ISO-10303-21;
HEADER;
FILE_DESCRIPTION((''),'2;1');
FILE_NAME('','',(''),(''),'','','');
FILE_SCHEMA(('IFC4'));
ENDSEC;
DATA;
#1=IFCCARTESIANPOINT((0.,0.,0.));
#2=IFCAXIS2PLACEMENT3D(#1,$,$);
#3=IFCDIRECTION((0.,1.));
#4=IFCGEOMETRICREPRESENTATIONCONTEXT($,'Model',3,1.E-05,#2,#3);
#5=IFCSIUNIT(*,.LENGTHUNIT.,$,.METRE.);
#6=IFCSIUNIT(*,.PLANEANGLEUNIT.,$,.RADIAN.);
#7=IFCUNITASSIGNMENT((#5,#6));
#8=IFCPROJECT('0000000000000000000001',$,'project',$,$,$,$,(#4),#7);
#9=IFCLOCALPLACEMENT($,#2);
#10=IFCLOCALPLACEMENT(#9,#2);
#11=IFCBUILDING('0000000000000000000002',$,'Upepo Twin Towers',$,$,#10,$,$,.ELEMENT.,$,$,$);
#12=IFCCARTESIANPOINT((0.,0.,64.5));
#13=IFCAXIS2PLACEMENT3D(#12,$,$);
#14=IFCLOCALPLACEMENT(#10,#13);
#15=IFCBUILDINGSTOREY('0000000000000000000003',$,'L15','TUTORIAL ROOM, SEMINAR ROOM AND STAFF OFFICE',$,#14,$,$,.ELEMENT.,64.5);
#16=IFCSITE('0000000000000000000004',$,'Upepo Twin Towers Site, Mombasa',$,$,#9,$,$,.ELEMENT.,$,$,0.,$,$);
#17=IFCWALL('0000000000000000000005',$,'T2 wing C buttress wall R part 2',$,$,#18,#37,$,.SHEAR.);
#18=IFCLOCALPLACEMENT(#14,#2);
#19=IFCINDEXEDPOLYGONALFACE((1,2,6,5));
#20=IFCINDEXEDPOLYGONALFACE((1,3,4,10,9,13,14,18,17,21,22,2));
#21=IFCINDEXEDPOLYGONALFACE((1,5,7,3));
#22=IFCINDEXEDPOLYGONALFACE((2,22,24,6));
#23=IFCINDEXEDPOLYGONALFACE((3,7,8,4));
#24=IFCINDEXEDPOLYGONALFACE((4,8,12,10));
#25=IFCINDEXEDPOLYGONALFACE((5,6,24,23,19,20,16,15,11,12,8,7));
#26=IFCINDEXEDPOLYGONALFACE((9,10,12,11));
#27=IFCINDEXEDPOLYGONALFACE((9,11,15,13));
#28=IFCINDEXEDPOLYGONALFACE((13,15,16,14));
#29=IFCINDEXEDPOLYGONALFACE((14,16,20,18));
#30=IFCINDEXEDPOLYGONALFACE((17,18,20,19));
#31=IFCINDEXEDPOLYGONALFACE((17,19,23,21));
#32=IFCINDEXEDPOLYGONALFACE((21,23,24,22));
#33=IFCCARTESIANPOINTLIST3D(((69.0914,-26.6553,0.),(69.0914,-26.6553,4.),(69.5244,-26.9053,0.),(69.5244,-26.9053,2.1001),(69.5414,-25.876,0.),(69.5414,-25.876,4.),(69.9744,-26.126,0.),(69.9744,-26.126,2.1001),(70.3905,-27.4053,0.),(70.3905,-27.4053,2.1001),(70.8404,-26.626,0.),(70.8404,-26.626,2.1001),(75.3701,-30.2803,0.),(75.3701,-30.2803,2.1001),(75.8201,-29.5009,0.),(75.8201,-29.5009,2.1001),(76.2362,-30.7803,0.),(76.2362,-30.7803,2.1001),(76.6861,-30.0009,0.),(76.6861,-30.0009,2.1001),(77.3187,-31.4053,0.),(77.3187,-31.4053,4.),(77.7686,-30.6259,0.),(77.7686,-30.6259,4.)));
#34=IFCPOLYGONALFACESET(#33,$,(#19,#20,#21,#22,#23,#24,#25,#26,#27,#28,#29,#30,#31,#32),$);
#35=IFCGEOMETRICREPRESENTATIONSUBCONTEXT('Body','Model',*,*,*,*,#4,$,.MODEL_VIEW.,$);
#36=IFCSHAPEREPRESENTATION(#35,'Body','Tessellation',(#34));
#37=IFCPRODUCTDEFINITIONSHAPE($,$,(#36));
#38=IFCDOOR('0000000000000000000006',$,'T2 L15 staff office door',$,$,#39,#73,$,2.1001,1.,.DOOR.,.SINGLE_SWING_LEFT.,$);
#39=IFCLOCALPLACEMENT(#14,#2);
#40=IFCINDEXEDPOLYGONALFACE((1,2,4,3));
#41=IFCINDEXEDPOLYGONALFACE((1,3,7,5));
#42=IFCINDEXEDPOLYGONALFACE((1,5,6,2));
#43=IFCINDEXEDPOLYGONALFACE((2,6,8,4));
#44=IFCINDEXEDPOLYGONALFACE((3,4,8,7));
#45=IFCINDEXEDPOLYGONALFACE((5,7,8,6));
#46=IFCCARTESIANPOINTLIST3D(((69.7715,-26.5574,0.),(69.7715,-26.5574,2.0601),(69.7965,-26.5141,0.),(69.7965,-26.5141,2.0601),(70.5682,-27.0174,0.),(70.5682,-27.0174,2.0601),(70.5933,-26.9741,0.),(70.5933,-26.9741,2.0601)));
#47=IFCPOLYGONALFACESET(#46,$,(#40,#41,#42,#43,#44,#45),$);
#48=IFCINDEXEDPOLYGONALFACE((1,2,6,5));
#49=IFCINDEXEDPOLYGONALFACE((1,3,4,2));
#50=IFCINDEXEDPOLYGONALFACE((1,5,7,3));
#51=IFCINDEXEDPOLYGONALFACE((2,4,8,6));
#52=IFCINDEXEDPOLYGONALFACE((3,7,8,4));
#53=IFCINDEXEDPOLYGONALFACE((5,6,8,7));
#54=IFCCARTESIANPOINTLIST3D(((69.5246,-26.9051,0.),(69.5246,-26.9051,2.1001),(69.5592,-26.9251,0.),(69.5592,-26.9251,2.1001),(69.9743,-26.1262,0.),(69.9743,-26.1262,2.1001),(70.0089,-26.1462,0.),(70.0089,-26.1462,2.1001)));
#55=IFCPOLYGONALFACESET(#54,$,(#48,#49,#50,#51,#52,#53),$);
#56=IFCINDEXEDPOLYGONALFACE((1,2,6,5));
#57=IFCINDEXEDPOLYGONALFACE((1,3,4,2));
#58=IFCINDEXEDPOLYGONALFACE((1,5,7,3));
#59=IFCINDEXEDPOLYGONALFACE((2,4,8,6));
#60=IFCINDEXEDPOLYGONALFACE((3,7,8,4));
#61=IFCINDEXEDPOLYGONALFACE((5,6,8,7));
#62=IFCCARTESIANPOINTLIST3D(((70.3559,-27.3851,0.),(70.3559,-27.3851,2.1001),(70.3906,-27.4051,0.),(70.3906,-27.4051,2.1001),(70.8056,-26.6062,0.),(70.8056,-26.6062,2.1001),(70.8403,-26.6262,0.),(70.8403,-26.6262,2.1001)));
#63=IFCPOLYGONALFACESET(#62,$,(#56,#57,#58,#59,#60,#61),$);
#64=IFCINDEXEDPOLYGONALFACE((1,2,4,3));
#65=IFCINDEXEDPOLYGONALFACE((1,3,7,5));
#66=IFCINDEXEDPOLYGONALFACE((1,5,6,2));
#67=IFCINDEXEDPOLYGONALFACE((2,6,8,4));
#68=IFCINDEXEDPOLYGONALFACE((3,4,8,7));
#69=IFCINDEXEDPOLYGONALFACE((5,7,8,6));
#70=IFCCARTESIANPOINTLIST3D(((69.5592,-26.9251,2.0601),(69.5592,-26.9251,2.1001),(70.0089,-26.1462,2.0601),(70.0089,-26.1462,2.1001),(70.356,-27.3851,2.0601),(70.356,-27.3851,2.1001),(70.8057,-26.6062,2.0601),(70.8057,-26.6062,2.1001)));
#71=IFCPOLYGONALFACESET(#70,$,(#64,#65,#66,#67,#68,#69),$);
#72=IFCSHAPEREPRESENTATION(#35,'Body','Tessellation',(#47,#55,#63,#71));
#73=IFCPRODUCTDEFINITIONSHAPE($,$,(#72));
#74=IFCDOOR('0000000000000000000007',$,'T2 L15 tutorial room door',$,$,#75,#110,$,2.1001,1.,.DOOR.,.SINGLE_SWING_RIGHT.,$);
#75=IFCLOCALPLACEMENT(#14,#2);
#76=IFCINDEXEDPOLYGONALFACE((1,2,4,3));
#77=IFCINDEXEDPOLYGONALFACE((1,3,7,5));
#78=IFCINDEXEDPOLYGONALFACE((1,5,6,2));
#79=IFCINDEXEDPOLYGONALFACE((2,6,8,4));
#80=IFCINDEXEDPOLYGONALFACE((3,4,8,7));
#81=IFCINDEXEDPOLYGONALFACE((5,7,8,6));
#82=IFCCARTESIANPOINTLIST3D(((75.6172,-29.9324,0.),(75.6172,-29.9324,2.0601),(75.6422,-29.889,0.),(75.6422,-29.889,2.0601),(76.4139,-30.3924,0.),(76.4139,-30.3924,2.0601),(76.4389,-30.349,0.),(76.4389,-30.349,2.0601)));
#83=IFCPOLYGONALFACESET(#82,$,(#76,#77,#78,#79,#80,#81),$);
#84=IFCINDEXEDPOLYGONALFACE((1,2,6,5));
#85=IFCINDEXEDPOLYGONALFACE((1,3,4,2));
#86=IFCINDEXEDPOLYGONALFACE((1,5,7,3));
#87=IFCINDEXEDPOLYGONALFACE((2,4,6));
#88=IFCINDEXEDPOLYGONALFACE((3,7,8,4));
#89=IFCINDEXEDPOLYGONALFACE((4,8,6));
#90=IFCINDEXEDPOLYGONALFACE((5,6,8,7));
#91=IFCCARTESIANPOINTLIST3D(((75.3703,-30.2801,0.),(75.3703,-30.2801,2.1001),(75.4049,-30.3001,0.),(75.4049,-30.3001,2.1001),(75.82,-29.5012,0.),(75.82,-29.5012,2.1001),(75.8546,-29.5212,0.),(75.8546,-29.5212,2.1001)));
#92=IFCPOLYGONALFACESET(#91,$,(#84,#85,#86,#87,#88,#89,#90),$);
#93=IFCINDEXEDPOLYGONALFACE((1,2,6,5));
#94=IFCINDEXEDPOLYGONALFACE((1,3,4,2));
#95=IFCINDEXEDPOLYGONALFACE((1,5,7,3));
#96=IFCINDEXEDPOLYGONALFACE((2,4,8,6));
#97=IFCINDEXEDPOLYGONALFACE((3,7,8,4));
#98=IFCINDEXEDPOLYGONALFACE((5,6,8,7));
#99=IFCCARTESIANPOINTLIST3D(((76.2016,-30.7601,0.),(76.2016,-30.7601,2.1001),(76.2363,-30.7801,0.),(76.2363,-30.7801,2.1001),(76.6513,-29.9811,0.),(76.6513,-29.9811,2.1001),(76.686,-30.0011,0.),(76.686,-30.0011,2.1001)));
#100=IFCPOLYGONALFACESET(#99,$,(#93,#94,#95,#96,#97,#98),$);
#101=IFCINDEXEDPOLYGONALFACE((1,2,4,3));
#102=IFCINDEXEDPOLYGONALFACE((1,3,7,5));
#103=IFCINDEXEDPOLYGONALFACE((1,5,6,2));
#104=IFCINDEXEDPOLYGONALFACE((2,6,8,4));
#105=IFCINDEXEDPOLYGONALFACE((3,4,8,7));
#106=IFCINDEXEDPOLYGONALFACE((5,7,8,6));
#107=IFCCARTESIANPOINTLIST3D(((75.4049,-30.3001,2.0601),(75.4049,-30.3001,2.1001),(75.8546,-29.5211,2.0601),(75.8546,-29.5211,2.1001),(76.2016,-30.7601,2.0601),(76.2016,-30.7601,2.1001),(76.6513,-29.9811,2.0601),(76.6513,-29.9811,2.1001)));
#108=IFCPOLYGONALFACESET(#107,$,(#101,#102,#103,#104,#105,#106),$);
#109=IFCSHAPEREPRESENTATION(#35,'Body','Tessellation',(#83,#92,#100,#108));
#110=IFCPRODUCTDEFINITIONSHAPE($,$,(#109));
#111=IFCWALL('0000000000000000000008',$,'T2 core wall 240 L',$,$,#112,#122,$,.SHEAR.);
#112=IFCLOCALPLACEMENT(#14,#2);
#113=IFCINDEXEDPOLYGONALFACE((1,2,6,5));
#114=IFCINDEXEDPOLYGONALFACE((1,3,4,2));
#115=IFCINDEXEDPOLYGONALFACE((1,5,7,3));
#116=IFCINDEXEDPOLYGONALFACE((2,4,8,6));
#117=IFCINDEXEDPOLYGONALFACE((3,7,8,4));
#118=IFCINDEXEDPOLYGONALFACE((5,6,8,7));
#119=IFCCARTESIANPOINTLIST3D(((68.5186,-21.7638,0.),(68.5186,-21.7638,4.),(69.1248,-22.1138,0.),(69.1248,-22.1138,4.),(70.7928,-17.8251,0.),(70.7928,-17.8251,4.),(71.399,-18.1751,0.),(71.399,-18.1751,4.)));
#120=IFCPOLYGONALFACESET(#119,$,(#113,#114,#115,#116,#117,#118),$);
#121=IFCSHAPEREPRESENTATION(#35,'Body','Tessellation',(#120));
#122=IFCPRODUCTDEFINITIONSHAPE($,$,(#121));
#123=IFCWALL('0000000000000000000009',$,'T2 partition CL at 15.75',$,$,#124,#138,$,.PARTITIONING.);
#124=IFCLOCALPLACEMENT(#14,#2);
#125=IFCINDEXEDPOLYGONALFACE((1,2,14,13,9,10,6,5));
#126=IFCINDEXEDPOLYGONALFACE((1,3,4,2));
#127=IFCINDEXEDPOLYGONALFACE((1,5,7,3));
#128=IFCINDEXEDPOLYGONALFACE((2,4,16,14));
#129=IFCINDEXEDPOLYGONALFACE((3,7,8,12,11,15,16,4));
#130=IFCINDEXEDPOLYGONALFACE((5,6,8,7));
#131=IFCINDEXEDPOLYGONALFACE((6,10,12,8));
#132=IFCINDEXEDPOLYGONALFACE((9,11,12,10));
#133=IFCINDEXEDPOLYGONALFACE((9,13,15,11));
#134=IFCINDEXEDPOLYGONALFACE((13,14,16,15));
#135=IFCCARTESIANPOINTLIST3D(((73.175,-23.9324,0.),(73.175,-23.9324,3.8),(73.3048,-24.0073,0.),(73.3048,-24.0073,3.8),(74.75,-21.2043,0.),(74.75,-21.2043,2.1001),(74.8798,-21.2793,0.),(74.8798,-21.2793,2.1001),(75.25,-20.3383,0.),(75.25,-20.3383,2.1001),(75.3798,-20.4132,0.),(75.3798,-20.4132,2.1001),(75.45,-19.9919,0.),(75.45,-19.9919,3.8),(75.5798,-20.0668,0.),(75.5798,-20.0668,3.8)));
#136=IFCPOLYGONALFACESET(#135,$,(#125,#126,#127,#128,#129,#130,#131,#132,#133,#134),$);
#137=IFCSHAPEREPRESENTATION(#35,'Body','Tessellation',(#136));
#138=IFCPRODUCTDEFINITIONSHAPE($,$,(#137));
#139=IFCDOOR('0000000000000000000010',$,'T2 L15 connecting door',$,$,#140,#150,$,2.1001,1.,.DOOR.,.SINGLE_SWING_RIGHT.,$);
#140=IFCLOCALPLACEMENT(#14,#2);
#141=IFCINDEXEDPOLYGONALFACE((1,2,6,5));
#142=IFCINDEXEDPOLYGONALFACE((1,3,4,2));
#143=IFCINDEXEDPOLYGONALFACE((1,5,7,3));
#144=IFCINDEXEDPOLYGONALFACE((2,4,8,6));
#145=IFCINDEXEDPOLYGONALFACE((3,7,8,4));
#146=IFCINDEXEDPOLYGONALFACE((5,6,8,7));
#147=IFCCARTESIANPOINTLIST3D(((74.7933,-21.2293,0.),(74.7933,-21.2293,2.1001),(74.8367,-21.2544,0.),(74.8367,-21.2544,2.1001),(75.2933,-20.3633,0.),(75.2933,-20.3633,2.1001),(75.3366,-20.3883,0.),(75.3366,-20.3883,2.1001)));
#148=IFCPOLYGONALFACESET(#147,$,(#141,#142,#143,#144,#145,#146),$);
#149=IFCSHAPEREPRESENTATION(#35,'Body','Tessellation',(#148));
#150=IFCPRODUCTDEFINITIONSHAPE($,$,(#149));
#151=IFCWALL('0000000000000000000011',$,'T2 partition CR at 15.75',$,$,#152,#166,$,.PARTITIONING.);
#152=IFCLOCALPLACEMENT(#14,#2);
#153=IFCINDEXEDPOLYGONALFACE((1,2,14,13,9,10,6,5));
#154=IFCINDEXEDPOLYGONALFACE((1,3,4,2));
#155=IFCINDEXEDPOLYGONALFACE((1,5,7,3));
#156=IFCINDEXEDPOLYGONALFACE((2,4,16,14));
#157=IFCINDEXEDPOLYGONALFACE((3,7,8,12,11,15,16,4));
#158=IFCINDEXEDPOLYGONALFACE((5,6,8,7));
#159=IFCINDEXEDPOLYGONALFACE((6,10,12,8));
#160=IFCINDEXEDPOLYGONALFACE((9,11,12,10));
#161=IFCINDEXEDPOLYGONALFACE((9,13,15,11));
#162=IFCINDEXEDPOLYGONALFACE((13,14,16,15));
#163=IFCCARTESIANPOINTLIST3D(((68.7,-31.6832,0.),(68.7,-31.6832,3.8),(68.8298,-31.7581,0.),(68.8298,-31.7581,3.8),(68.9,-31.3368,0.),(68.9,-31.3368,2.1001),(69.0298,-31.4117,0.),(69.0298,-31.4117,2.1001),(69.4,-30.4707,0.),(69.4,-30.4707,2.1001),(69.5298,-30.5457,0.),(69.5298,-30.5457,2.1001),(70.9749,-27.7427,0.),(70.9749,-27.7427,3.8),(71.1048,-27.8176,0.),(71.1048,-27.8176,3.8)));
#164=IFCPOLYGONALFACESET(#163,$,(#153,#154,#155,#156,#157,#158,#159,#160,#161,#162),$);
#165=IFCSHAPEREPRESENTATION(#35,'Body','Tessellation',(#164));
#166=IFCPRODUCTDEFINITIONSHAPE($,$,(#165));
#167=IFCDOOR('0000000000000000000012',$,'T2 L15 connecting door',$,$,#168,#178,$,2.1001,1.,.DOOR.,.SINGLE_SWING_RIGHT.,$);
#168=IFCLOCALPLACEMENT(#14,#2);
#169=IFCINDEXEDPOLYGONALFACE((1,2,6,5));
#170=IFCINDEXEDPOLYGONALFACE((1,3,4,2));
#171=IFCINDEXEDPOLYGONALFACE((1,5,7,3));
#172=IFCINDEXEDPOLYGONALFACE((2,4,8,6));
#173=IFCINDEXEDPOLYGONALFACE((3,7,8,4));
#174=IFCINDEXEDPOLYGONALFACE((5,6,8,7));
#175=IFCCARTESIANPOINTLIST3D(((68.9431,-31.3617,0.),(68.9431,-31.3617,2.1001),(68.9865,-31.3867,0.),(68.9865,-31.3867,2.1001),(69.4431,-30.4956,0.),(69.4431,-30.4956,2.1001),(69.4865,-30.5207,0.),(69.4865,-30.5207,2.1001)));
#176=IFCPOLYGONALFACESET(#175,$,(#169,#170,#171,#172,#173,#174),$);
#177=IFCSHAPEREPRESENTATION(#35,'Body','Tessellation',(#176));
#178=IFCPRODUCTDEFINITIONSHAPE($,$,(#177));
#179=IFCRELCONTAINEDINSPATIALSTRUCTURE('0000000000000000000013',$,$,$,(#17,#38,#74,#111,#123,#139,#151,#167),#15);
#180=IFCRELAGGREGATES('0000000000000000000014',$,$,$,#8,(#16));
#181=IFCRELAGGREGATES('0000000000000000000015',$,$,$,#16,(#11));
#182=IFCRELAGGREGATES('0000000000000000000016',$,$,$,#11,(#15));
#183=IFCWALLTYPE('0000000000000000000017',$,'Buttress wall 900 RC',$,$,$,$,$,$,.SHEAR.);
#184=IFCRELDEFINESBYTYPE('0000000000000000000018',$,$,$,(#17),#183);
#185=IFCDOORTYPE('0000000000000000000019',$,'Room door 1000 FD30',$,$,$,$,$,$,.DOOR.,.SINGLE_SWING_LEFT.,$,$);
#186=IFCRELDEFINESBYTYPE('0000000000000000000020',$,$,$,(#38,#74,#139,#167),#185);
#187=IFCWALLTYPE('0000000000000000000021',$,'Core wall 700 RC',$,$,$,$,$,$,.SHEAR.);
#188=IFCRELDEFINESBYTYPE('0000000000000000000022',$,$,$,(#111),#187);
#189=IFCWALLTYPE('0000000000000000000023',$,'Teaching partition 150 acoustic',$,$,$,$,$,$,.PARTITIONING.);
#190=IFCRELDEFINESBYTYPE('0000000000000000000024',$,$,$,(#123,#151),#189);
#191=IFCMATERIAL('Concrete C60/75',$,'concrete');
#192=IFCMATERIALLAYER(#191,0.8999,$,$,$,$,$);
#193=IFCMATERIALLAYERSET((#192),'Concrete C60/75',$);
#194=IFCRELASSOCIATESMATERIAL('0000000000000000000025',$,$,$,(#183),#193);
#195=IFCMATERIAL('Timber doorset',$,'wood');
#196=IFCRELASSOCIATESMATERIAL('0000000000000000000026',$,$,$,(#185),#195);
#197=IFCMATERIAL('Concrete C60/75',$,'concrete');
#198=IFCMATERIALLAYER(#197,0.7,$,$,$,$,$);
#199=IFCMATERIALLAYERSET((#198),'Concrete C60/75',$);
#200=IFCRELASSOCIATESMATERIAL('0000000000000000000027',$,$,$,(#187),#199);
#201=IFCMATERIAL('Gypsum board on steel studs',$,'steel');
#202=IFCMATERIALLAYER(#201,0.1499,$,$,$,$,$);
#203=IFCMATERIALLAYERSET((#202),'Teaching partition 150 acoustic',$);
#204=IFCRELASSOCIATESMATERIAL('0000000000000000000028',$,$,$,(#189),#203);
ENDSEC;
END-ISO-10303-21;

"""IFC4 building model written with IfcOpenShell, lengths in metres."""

from ifc_helpers import new_model, si_unit, direction, frame, frame_2d, origin, place, context, subcontext, project, spatial, rectangle, extrude, material, layer, layer_set, type_object, element, fill, save


model = new_model("IFC4")

# Units and contexts
model_context = context("Model", 3, precision=1e-05, world=origin(), true_north=direction((0.0, 1.0)))
body_context = subcontext(model_context, "Body", "Model", "MODEL_VIEW")
ifc_project = project(units=[si_unit("LENGTHUNIT", "METRE"), si_unit("PLANEANGLEUNIT", "RADIAN")], contexts=[model_context])

# Site, building, storey
site_placement = place(None, origin())
site = spatial("IfcSite", under=ifc_project, at=site_placement, Name="Upepo Twin Towers Site, Mombasa", CompositionType="ELEMENT", RefElevation=0.0)
building_placement = place(site_placement, origin())
building = spatial("IfcBuilding", under=site, at=building_placement, Name="Upepo Twin Towers", CompositionType="ELEMENT")
storey_placement = place(building_placement, frame((0.0, 0.0, 64.5)))
storey = spatial("IfcBuildingStorey", under=building, at=storey_placement, Name="L15", Description="TUTORIAL ROOM, SEMINAR ROOM AND STAFF OFFICE", CompositionType="ELEMENT", Elevation=64.5)

# Wall, openings, doors
ifc_material_1 = material(Name="Concrete C60/75", Category="concrete")
ifc_layer_1 = layer(ifc_material_1, 0.8999)
ifc_layer_set_1 = layer_set([ifc_layer_1], Name="Concrete C60/75")
wall_type_1 = type_object("IfcWallType", Name="Buttress wall 900 RC", PredefinedType="SHEAR", material=ifc_layer_set_1)
ifc_material_2 = material(Name="Timber doorset", Category="wood")
door_type = type_object("IfcDoorType", Name="Room door 1000 FD30", OperationType="SINGLE_SWING_LEFT", PredefinedType="DOOR", material=ifc_material_2)
wall_1_placement = place(storey_placement, frame((69.3164, -26.2656, 0.0), z_axis=(0.0, 0.0, 1.0), x_axis=(0.866027, -0.499998, 0.0)))
wall_1 = element("IfcWall", 1, at=wall_1_placement, inside=storey, type_object=wall_type_1, Name="T2 wing C buttress wall R part 2", PredefinedType="SHEAR", context=body_context, shape_type="SweptSolid", body=[
    extrude(rectangle(XDim=9.5, YDim=0.8999, at=frame_2d((4.75, 0.0))), origin(), (0.0, 0.0, 1.0), 4.0),
])
opening_1_placement = place(wall_1_placement, frame((0.5, 0.0, 0.0)))
opening_1 = element("IfcOpeningElement", 2, at=opening_1_placement, cuts=wall_1, PredefinedType="OPENING", context=body_context, shape_type="SweptSolid", body=[
    extrude(rectangle(XDim=1.0, YDim=2.1001, at=frame_2d((0.5, 1.05))), frame((0.0, 0.46, 0.0), z_axis=(0.0, -1.0, 0.0), x_axis=(1.0, 0.0, 0.0)), (0.0, 0.0, 1.0), 0.9199),
])
opening_2_placement = place(wall_1_placement, frame((7.25, 0.0, 0.0)))
opening_2 = element("IfcOpeningElement", 3, at=opening_2_placement, cuts=wall_1, PredefinedType="OPENING", context=body_context, shape_type="SweptSolid", body=[
    extrude(rectangle(XDim=1.0, YDim=2.1001, at=frame_2d((0.5, 1.05))), frame((0.0, 0.46, 0.0), z_axis=(0.0, -1.0, 0.0), x_axis=(1.0, 0.0, 0.0)), (0.0, 0.0, 1.0), 0.9199),
])
door_1_placement = place(opening_1_placement, origin())
door_1 = element("IfcDoor", 4, at=door_1_placement, inside=storey, type_object=door_type, Name="T2 L15 staff office door", OperationType="SINGLE_SWING_LEFT", OverallHeight=2.1001, OverallWidth=1.0, PredefinedType="DOOR", context=body_context, shape_type="SweptSolid", body=[
    extrude(rectangle(XDim=0.92, YDim=2.0601, at=frame_2d((0.5, 1.03))), frame((0.0, 0.0249, 0.0), z_axis=(0.0, -1.0, 0.0), x_axis=(1.0, 0.0, 0.0)), (0.0, 0.0, 1.0), 0.05),
    extrude(rectangle(XDim=0.04, YDim=2.1001, at=frame_2d((0.02, 1.05))), frame((0.0, 0.4497, 0.0), z_axis=(0.0, -1.0, 0.0), x_axis=(1.0, 0.0, 0.0)), (0.0, 0.0, 1.0), 0.8994),
    extrude(rectangle(XDim=0.04, YDim=2.1001, at=frame_2d((0.98, 1.05))), frame((0.0, 0.4497, 0.0), z_axis=(0.0, -1.0, 0.0), x_axis=(1.0, 0.0, 0.0)), (0.0, 0.0, 1.0), 0.8994),
    extrude(rectangle(XDim=0.92, YDim=0.04, at=frame_2d((0.5, 2.0801))), frame((0.0, 0.4497, 0.0), z_axis=(0.0, -1.0, 0.0), x_axis=(1.0, 0.0, 0.0)), (0.0, 0.0, 1.0), 0.8994),
])
fill(opening_1, door_1)
door_2_placement = place(opening_2_placement, origin())
door_2 = element("IfcDoor", 5, at=door_2_placement, inside=storey, type_object=door_type, Name="T2 L15 tutorial room door", OperationType="SINGLE_SWING_RIGHT", OverallHeight=2.1001, OverallWidth=1.0, PredefinedType="DOOR", context=body_context, shape_type="SweptSolid", body=[
    extrude(rectangle(XDim=0.92, YDim=2.0601, at=frame_2d((0.5, 1.03))), frame((0.0, 0.0249, 0.0), z_axis=(0.0, -1.0, 0.0), x_axis=(1.0, 0.0, 0.0)), (0.0, 0.0, 1.0), 0.05),
    extrude(rectangle(XDim=0.04, YDim=2.1001, at=frame_2d((0.02, 1.05))), frame((0.0, 0.4497, 0.0), z_axis=(0.0, -1.0, 0.0), x_axis=(1.0, 0.0, 0.0)), (0.0, 0.0, 1.0), 0.8994),
    extrude(rectangle(XDim=0.04, YDim=2.1001, at=frame_2d((0.98, 1.05))), frame((0.0, 0.4497, 0.0), z_axis=(0.0, -1.0, 0.0), x_axis=(1.0, 0.0, 0.0)), (0.0, 0.0, 1.0), 0.8994),
    extrude(rectangle(XDim=0.92, YDim=0.04, at=frame_2d((0.5, 2.0801))), frame((0.0, 0.4497, 0.0), z_axis=(0.0, -1.0, 0.0), x_axis=(1.0, 0.0, 0.0)), (0.0, 0.0, 1.0), 0.8994),
])
fill(opening_2, door_2)

# Wall
ifc_material_3 = material(Name="Concrete C60/75", Category="concrete")
ifc_layer_2 = layer(ifc_material_3, 0.7)
ifc_layer_set_2 = layer_set([ifc_layer_2], Name="Concrete C60/75")
wall_type_2 = type_object("IfcWallType", Name="Core wall 700 RC", PredefinedType="SHEAR", material=ifc_layer_set_2)
wall_2_placement = place(storey_placement, frame((68.8218, -21.9387, 0.0), z_axis=(0.0, 0.0, 1.0), x_axis=(0.500024, 0.866011, 0.0)))
element("IfcWall", 6, at=wall_2_placement, inside=storey, type_object=wall_type_2, Name="T2 core wall 240 L", PredefinedType="SHEAR", context=body_context, shape_type="SweptSolid", body=[
    extrude(rectangle(XDim=4.5481, YDim=0.7, at=frame_2d((2.2739, 0.0))), origin(), (0.0, 0.0, 1.0), 4.0),
])

# Walls, openings, doors
ifc_material_4 = material(Name="Gypsum board on steel studs", Category="steel")
ifc_layer_3 = layer(ifc_material_4, 0.1499)
ifc_layer_set_3 = layer_set([ifc_layer_3], Name="Teaching partition 150 acoustic")
wall_type_3 = type_object("IfcWallType", Name="Teaching partition 150 acoustic", PredefinedType="PARTITIONING", material=ifc_layer_set_3)
wall_3_placement = place(storey_placement, frame((73.24, -23.9697, 0.0), z_axis=(0.0, 0.0, 1.0), x_axis=(0.499983, 0.866035, 0.0)))
wall_3 = element("IfcWall", 7, at=wall_3_placement, inside=storey, type_object=wall_type_3, Name="T2 partition CL at 15.75", PredefinedType="PARTITIONING", context=body_context, shape_type="SweptSolid", body=[
    extrude(rectangle(XDim=4.55, YDim=0.1499, at=frame_2d((2.2749, 0.0))), origin(), (0.0, 0.0, 1.0), 3.8),
])
opening_3_placement = place(wall_3_placement, frame((3.1499, 0.0, 0.0)))
opening_3 = element("IfcOpeningElement", 8, at=opening_3_placement, cuts=wall_3, PredefinedType="OPENING", context=body_context, shape_type="SweptSolid", body=[
    extrude(rectangle(XDim=1.0, YDim=2.1001, at=frame_2d((0.5, 1.05))), frame((0.0, 0.085, 0.0), z_axis=(0.0, -1.0, 0.0), x_axis=(1.0, 0.0, 0.0)), (0.0, 0.0, 1.0), 0.1699),
])
door_3_placement = place(opening_3_placement, origin())
door_3 = element("IfcDoor", 9, at=door_3_placement, inside=storey, type_object=door_type, Name="T2 L15 connecting door", OperationType="SINGLE_SWING_RIGHT", OverallHeight=2.1001, OverallWidth=1.0, PredefinedType="DOOR", context=body_context, shape_type="SweptSolid", body=[
    extrude(rectangle(XDim=1.0, YDim=2.1001, at=frame_2d((0.5, 1.05))), frame((0.0, 0.0249, 0.0), z_axis=(0.0, -1.0, 0.0), x_axis=(1.0, 0.0, 0.0)), (0.0, 0.0, 1.0), 0.05),
])
fill(opening_3, door_3)
wall_4_placement = place(storey_placement, frame((71.0398, -27.7803, 0.0), z_axis=(0.0, 0.0, 1.0), x_axis=(-0.499983, -0.866035, 0.0)))
wall_4 = element("IfcWall", 10, at=wall_4_placement, inside=storey, type_object=wall_type_3, Name="T2 partition CR at 15.75", PredefinedType="PARTITIONING", context=body_context, shape_type="SweptSolid", body=[
    extrude(rectangle(XDim=4.55, YDim=0.1499, at=frame_2d((2.2749, 0.0))), origin(), (0.0, 0.0, 1.0), 3.8),
])
opening_4_placement = place(wall_4_placement, frame((3.1499, 0.0, 0.0)))
opening_4 = element("IfcOpeningElement", 11, at=opening_4_placement, cuts=wall_4, PredefinedType="OPENING", context=body_context, shape_type="SweptSolid", body=[
    extrude(rectangle(XDim=1.0, YDim=2.1001, at=frame_2d((0.5, 1.05))), frame((0.0, 0.085, 0.0), z_axis=(0.0, -1.0, 0.0), x_axis=(1.0, 0.0, 0.0)), (0.0, 0.0, 1.0), 0.1699),
])
door_4_placement = place(opening_4_placement, origin())
door_4 = element("IfcDoor", 12, at=door_4_placement, inside=storey, type_object=door_type, Name="T2 L15 connecting door", OperationType="SINGLE_SWING_RIGHT", OverallHeight=2.1001, OverallWidth=1.0, PredefinedType="DOOR", context=body_context, shape_type="SweptSolid", body=[
    extrude(rectangle(XDim=1.0, YDim=2.1001, at=frame_2d((0.5, 1.05))), frame((0.0, 0.0249, 0.0), z_axis=(0.0, -1.0, 0.0), x_axis=(1.0, 0.0, 0.0)), (0.0, 0.0, 1.0), 0.05),
])
fill(opening_4, door_4)

save(model, "model.ifc")
